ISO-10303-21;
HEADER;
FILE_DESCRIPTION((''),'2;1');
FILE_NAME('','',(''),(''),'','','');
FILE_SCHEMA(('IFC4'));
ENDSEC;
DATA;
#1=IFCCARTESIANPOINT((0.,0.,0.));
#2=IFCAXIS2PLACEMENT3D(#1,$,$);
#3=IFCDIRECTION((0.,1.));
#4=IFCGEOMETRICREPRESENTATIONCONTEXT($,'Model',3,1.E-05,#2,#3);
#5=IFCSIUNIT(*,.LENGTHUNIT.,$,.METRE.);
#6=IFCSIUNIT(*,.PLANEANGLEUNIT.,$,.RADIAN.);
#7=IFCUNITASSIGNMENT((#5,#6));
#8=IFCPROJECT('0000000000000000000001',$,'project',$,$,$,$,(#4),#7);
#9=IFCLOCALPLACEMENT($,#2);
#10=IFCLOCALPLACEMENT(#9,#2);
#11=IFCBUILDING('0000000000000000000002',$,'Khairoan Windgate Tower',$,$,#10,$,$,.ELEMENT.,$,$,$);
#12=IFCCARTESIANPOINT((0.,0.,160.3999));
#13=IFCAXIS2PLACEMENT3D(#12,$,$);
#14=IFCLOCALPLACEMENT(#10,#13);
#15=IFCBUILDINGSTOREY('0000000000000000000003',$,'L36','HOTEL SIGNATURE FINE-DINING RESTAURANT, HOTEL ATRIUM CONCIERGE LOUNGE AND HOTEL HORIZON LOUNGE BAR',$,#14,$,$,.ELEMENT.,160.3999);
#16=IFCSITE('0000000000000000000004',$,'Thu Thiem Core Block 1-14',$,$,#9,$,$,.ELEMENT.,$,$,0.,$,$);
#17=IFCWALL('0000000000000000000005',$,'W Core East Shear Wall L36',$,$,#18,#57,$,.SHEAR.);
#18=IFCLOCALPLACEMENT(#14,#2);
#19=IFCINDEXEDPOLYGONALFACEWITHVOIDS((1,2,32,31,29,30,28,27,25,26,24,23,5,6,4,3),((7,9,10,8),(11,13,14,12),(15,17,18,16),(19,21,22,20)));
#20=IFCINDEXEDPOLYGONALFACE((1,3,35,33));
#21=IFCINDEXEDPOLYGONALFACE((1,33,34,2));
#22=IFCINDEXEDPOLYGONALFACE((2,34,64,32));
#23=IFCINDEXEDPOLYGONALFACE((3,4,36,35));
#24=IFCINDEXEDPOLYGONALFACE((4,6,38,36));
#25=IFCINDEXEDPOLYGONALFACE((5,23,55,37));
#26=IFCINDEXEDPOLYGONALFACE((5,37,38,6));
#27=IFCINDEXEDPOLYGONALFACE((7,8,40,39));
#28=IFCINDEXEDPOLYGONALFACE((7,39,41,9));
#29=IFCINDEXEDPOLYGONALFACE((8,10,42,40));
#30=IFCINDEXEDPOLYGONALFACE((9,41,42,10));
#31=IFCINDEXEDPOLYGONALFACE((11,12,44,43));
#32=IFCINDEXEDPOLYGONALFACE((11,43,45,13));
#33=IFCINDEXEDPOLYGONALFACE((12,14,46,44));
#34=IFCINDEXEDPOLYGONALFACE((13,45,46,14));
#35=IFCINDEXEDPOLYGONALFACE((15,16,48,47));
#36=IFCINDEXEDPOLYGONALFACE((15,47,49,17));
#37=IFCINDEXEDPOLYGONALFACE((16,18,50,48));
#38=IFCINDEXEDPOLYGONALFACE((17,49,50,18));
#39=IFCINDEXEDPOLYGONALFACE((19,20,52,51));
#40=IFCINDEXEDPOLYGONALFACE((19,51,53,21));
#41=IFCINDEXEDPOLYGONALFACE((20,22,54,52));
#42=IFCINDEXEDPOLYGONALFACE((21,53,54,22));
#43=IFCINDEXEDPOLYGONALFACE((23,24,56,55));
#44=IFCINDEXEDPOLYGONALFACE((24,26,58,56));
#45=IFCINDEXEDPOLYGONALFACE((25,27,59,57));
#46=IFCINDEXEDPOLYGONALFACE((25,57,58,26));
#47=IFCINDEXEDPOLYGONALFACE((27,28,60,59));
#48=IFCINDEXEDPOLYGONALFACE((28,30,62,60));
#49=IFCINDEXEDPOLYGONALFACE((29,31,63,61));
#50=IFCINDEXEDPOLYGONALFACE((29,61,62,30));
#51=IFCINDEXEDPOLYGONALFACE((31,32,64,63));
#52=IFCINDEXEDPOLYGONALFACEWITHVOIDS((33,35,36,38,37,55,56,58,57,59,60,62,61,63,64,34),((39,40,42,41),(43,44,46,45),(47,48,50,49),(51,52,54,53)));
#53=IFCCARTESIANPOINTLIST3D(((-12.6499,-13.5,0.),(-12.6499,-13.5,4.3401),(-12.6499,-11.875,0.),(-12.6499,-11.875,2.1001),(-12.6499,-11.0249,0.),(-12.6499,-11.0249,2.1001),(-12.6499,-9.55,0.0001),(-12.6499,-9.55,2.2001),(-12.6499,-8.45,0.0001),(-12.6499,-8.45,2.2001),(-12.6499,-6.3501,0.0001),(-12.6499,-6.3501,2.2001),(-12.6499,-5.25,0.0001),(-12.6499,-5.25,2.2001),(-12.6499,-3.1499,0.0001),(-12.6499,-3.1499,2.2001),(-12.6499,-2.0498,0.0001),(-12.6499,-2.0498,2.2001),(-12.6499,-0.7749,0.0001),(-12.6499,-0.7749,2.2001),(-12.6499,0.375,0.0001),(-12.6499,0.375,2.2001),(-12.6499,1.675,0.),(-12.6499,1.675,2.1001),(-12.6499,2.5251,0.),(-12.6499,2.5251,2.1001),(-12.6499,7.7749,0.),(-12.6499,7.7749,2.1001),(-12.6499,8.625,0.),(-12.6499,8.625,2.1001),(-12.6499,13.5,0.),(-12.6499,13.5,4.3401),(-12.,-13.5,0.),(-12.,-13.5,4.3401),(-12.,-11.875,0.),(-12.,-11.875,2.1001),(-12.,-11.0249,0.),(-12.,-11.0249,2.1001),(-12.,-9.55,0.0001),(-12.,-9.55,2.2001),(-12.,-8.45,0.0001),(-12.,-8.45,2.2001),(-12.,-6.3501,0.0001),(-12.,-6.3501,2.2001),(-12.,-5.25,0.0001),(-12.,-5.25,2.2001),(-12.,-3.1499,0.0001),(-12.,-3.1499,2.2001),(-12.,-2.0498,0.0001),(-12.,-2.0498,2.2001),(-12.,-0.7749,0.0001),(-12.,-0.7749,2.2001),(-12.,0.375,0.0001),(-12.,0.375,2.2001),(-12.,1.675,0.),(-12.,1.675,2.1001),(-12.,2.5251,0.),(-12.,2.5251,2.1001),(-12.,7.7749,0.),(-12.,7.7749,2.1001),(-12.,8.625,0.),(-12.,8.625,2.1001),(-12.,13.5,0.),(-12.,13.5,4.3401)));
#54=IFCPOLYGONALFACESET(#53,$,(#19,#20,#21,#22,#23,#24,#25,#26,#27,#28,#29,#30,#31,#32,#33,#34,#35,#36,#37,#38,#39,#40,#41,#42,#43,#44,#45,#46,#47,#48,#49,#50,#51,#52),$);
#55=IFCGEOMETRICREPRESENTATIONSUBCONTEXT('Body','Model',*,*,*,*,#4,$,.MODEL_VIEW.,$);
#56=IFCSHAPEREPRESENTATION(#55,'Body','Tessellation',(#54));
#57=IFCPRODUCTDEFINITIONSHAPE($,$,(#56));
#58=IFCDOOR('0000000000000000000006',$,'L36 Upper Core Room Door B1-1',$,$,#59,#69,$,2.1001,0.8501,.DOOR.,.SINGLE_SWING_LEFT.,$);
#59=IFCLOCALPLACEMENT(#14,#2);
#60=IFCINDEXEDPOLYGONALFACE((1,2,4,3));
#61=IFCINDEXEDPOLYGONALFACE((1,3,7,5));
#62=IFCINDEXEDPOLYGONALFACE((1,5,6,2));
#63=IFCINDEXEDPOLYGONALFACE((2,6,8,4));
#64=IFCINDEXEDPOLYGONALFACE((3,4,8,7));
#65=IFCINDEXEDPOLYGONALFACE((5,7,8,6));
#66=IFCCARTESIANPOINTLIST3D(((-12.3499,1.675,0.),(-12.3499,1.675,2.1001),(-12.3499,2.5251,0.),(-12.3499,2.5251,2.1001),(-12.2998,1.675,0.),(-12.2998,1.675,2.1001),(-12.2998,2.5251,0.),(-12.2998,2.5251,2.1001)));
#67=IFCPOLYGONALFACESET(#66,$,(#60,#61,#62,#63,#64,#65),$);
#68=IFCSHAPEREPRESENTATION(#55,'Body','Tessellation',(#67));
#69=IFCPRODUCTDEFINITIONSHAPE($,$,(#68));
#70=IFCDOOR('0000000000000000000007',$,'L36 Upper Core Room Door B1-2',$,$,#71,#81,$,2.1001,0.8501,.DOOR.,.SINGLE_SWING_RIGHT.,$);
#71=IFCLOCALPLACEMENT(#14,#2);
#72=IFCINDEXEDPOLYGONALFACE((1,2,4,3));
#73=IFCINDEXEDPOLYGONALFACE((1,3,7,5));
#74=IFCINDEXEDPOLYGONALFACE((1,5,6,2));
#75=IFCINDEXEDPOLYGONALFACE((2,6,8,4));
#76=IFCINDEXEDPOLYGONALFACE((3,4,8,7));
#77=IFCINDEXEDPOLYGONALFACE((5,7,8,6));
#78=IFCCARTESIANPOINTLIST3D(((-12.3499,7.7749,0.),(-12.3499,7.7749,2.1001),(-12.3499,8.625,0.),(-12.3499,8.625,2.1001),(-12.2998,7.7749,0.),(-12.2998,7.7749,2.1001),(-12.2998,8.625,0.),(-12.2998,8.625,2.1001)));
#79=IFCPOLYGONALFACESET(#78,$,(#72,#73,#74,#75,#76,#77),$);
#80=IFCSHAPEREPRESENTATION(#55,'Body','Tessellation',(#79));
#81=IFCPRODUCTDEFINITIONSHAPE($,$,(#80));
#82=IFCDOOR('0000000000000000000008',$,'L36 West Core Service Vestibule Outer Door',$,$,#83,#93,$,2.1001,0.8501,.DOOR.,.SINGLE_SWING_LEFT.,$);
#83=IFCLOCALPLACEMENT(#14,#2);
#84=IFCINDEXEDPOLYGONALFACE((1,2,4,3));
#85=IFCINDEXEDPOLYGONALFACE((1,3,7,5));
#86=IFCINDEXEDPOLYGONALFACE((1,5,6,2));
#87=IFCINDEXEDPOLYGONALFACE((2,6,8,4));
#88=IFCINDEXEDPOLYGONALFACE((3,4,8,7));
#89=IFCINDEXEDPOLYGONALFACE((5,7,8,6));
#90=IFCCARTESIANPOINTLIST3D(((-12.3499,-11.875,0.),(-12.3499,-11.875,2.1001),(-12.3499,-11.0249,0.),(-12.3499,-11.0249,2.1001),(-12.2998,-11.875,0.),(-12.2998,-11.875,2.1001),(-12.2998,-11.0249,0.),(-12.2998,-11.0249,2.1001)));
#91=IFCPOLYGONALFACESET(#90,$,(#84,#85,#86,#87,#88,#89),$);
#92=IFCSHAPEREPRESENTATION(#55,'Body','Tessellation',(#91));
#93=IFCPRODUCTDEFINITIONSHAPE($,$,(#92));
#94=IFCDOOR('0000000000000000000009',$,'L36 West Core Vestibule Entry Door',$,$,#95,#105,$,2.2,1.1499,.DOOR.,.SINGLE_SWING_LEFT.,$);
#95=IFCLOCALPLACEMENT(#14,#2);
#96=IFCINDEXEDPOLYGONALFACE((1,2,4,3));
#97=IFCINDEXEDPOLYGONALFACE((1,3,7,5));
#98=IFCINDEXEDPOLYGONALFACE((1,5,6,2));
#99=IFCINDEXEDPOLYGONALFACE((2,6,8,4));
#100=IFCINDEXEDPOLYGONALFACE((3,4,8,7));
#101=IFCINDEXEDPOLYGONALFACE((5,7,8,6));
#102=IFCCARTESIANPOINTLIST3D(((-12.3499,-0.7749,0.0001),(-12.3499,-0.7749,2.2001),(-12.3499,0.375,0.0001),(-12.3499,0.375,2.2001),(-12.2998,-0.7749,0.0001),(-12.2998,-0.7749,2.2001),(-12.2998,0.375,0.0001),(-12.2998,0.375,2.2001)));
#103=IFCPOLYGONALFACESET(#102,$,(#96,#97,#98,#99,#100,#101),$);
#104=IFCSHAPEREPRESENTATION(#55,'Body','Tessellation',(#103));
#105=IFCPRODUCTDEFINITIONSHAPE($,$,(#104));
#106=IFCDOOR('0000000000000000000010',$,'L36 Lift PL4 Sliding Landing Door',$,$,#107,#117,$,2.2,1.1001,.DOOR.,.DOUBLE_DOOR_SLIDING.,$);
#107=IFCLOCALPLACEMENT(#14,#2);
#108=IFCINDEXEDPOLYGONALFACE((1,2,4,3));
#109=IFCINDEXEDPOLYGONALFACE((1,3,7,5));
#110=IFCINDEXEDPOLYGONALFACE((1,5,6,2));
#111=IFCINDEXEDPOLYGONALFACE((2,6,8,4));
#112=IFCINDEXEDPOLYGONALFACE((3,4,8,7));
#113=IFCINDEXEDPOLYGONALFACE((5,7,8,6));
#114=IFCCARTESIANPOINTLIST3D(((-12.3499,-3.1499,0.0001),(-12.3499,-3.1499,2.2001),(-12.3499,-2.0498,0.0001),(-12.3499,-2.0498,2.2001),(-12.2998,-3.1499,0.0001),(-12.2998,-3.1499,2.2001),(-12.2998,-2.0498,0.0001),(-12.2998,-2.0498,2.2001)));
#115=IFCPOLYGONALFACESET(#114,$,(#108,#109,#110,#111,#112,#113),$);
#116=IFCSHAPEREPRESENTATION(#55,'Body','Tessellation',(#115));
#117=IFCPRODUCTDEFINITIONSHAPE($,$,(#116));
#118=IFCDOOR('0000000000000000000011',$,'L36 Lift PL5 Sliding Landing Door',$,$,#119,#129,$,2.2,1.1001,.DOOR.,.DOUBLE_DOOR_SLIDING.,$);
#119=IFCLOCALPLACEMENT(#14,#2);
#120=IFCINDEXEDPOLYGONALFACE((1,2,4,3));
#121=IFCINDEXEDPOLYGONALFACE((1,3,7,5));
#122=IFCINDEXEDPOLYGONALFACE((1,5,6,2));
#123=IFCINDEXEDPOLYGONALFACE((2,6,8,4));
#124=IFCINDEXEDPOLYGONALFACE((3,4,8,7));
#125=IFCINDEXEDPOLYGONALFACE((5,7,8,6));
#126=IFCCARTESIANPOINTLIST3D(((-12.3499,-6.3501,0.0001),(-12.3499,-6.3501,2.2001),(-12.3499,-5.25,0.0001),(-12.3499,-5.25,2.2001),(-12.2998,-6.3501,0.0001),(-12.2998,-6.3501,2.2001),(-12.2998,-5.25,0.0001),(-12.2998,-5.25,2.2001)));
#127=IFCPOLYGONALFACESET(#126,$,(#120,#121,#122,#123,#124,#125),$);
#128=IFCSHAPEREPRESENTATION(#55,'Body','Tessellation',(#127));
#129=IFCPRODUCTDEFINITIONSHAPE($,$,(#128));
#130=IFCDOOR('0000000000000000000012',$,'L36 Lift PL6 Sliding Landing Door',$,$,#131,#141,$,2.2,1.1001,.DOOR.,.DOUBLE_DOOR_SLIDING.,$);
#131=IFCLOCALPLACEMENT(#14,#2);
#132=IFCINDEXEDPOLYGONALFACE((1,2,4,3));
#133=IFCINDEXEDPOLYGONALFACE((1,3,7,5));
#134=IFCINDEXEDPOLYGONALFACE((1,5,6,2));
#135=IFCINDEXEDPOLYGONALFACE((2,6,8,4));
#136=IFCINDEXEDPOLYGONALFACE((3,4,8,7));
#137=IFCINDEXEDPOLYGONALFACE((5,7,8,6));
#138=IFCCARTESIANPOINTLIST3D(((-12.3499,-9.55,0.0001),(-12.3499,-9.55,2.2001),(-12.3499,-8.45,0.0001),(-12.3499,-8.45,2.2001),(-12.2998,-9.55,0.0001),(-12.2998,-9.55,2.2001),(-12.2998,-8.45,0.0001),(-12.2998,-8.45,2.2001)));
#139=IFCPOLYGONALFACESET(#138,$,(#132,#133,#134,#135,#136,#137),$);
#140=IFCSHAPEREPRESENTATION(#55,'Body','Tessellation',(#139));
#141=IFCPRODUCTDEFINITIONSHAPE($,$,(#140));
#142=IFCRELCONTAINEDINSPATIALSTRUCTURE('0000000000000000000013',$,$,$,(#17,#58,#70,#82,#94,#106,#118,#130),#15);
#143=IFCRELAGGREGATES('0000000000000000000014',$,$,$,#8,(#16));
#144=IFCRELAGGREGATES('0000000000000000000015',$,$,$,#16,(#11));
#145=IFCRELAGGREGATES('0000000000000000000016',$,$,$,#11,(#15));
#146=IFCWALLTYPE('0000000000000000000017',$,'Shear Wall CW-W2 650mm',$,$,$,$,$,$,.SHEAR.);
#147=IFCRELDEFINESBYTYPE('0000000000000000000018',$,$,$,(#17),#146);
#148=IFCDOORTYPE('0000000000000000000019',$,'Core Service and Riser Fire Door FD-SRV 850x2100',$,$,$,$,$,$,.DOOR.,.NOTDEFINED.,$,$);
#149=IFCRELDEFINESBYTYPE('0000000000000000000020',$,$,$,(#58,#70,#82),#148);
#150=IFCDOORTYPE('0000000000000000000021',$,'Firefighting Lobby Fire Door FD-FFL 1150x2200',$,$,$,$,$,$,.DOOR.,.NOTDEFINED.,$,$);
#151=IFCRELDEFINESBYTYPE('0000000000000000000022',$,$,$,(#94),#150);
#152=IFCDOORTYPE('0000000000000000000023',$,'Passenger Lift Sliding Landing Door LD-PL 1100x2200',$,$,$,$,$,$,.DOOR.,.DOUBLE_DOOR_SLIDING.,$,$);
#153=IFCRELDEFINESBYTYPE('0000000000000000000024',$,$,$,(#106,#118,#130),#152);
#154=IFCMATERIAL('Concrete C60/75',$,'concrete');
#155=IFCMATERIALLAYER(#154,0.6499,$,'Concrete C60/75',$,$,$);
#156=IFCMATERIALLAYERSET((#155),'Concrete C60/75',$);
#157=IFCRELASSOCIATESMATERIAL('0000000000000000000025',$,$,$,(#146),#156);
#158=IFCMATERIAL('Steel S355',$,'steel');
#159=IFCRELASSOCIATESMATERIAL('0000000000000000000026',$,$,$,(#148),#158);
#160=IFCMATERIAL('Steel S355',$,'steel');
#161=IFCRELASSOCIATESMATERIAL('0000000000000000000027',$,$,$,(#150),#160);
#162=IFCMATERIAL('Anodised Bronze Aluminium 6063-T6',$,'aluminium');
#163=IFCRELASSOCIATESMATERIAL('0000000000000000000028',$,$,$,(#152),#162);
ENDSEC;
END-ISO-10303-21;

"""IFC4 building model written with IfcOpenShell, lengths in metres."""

from ifc_helpers import new_model, si_unit, direction, frame, frame_2d, origin, place, context, subcontext, project, spatial, rectangle, extrude, material, layer, layer_set, type_object, element, fill, save


model = new_model("IFC4")

# Units and contexts
model_context = context("Model", 3, precision=1e-05, world=origin(), true_north=direction((0.0, 1.0)))
body_context = subcontext(model_context, "Body", "Model", "MODEL_VIEW")
ifc_project = project(units=[si_unit("LENGTHUNIT", "METRE"), si_unit("PLANEANGLEUNIT", "RADIAN")], contexts=[model_context])

# Site, building, storey
site_placement = place(None, origin())
site = spatial("IfcSite", under=ifc_project, at=site_placement, Name="Thu Thiem Core Block 1-14", CompositionType="ELEMENT", RefElevation=0.0)
building_placement = place(site_placement, origin())
building = spatial("IfcBuilding", under=site, at=building_placement, Name="Khairoan Windgate Tower", CompositionType="ELEMENT")
storey_placement = place(building_placement, frame((0.0, 0.0, 160.3999)))
storey = spatial("IfcBuildingStorey", under=building, at=storey_placement, Name="L36", Description="HOTEL SIGNATURE FINE-DINING RESTAURANT, HOTEL ATRIUM CONCIERGE LOUNGE AND HOTEL HORIZON LOUNGE BAR", CompositionType="ELEMENT", Elevation=160.3999)

# Wall, openings, doors
ifc_material_1 = material(Name="Concrete C60/75", Category="concrete")
ifc_layer_1 = layer(ifc_material_1, 0.6499, Name="Concrete C60/75")
ifc_layer_set_1 = layer_set([ifc_layer_1], Name="Concrete C60/75")
wall_type_1 = type_object("IfcWallType", Name="Shear Wall CW-W2 650mm", PredefinedType="SHEAR", material=ifc_layer_set_1)
wall_1_placement = place(storey_placement, frame((-12.325, -13.5, 0.0), z_axis=(0.0, 0.0, 1.0), x_axis=(0.0, 1.0, 0.0)))
wall_1 = element("IfcWall", 1, at=wall_1_placement, inside=storey, type_object=wall_type_1, Name="W Core East Shear Wall L36", PredefinedType="SHEAR", context=body_context, shape_type="SweptSolid", body=[
    extrude(rectangle(XDim=27.0, YDim=0.6499, at=frame_2d((13.5, 0.0))), origin(), (0.0, 0.0, 1.0), 4.3401),
])
opening_1_placement = place(wall_1_placement, frame((10.3501, 0.0, 0.0)))
opening_1 = element("IfcOpeningElement", 2, at=opening_1_placement, cuts=wall_1, PredefinedType="OPENING", context=body_context, shape_type="SweptSolid", body=[
    extrude(rectangle(XDim=1.1001, YDim=2.2, at=frame_2d((0.55, 1.1001))), frame((0.0, 0.335, 0.0), z_axis=(0.0, -1.0, 0.0), x_axis=(1.0, 0.0, 0.0)), (0.0, 0.0, 1.0), 0.6699),
])
opening_2_placement = place(wall_1_placement, frame((7.1499, 0.0, 0.0)))
opening_2 = element("IfcOpeningElement", 3, at=opening_2_placement, cuts=wall_1, PredefinedType="OPENING", context=body_context, shape_type="SweptSolid", body=[
    extrude(rectangle(XDim=1.1001, YDim=2.2, at=frame_2d((0.55, 1.1001))), frame((0.0, 0.335, 0.0), z_axis=(0.0, -1.0, 0.0), x_axis=(1.0, 0.0, 0.0)), (0.0, 0.0, 1.0), 0.6699),
])
opening_3_placement = place(wall_1_placement, frame((3.95, 0.0, 0.0)))
opening_3 = element("IfcOpeningElement", 4, at=opening_3_placement, cuts=wall_1, PredefinedType="OPENING", context=body_context, shape_type="SweptSolid", body=[
    extrude(rectangle(XDim=1.1001, YDim=2.2, at=frame_2d((0.55, 1.1001))), frame((0.0, 0.335, 0.0), z_axis=(0.0, -1.0, 0.0), x_axis=(1.0, 0.0, 0.0)), (0.0, 0.0, 1.0), 0.6699),
])
opening_4_placement = place(wall_1_placement, frame((15.175, 0.0, 0.0)))
opening_4 = element("IfcOpeningElement", 5, at=opening_4_placement, cuts=wall_1, PredefinedType="OPENING", context=body_context, shape_type="SweptSolid", body=[
    extrude(rectangle(XDim=0.8501, YDim=2.1001, at=frame_2d((0.425, 1.05))), frame((0.0, 0.335, 0.0), z_axis=(0.0, -1.0, 0.0), x_axis=(1.0, 0.0, 0.0)), (0.0, 0.0, 1.0), 0.6699),
])
opening_5_placement = place(wall_1_placement, frame((21.2749, 0.0, 0.0)))
opening_5 = element("IfcOpeningElement", 6, at=opening_5_placement, cuts=wall_1, PredefinedType="OPENING", context=body_context, shape_type="SweptSolid", body=[
    extrude(rectangle(XDim=0.8501, YDim=2.1001, at=frame_2d((0.425, 1.05))), frame((0.0, 0.335, 0.0), z_axis=(0.0, -1.0, 0.0), x_axis=(1.0, 0.0, 0.0)), (0.0, 0.0, 1.0), 0.6699),
])
opening_6_placement = place(wall_1_placement, frame((12.7251, 0.0, 0.0)))
opening_6 = element("IfcOpeningElement", 7, at=opening_6_placement, cuts=wall_1, PredefinedType="OPENING", context=body_context, shape_type="SweptSolid", body=[
    extrude(rectangle(XDim=1.1499, YDim=2.2, at=frame_2d((0.575, 1.1001))), frame((0.0, 0.335, 0.0), z_axis=(0.0, -1.0, 0.0), x_axis=(1.0, 0.0, 0.0)), (0.0, 0.0, 1.0), 0.6699),
])
opening_7_placement = place(wall_1_placement, frame((1.625, 0.0, 0.0)))
opening_7 = element("IfcOpeningElement", 8, at=opening_7_placement, cuts=wall_1, PredefinedType="OPENING", context=body_context, shape_type="SweptSolid", body=[
    extrude(rectangle(XDim=0.8501, YDim=2.1001, at=frame_2d((0.425, 1.05))), frame((0.0, 0.335, 0.0), z_axis=(0.0, -1.0, 0.0), x_axis=(1.0, 0.0, 0.0)), (0.0, 0.0, 1.0), 0.6699),
])
ifc_material_2 = material(Name="Steel S355", Category="steel")
door_type_1 = type_object("IfcDoorType", Name="Core Service and Riser Fire Door FD-SRV 850x2100", OperationType="NOTDEFINED", PredefinedType="DOOR", material=ifc_material_2)
door_1_placement = place(opening_4_placement, origin())
door_1 = element("IfcDoor", 9, at=door_1_placement, inside=storey, type_object=door_type_1, Name="L36 Upper Core Room Door B1-1", OperationType="SINGLE_SWING_LEFT", OverallHeight=2.1001, OverallWidth=0.8501, PredefinedType="DOOR", context=body_context, shape_type="SweptSolid", body=[
    extrude(rectangle(XDim=0.8501, YDim=2.1001, at=frame_2d((0.425, 1.05))), frame((0.0, 0.0249, 0.0), z_axis=(0.0, -1.0, 0.0), x_axis=(1.0, 0.0, 0.0)), (0.0, 0.0, 1.0), 0.05),
])
fill(opening_4, door_1)
door_2_placement = place(opening_5_placement, origin())
door_2 = element("IfcDoor", 10, at=door_2_placement, inside=storey, type_object=door_type_1, Name="L36 Upper Core Room Door B1-2", OperationType="SINGLE_SWING_RIGHT", OverallHeight=2.1001, OverallWidth=0.8501, PredefinedType="DOOR", context=body_context, shape_type="SweptSolid", body=[
    extrude(rectangle(XDim=0.8501, YDim=2.1001, at=frame_2d((0.425, 1.05))), frame((0.0, 0.0249, 0.0), z_axis=(0.0, -1.0, 0.0), x_axis=(1.0, 0.0, 0.0)), (0.0, 0.0, 1.0), 0.05),
])
fill(opening_5, door_2)
door_3_placement = place(opening_7_placement, origin())
door_3 = element("IfcDoor", 11, at=door_3_placement, inside=storey, type_object=door_type_1, Name="L36 West Core Service Vestibule Outer Door", OperationType="SINGLE_SWING_LEFT", OverallHeight=2.1001, OverallWidth=0.8501, PredefinedType="DOOR", context=body_context, shape_type="SweptSolid", body=[
    extrude(rectangle(XDim=0.8501, YDim=2.1001, at=frame_2d((0.425, 1.05))), frame((0.0, 0.0249, 0.0), z_axis=(0.0, -1.0, 0.0), x_axis=(1.0, 0.0, 0.0)), (0.0, 0.0, 1.0), 0.05),
])
fill(opening_7, door_3)
ifc_material_3 = material(Name="Steel S355", Category="steel")
door_type_2 = type_object("IfcDoorType", Name="Firefighting Lobby Fire Door FD-FFL 1150x2200", OperationType="NOTDEFINED", PredefinedType="DOOR", material=ifc_material_3)
door_4_placement = place(opening_6_placement, origin())
door_4 = element("IfcDoor", 12, at=door_4_placement, inside=storey, type_object=door_type_2, Name="L36 West Core Vestibule Entry Door", OperationType="SINGLE_SWING_LEFT", OverallHeight=2.2, OverallWidth=1.1499, PredefinedType="DOOR", context=body_context, shape_type="SweptSolid", body=[
    extrude(rectangle(XDim=1.1499, YDim=2.2, at=frame_2d((0.575, 1.1001))), frame((0.0, 0.0249, 0.0), z_axis=(0.0, -1.0, 0.0), x_axis=(1.0, 0.0, 0.0)), (0.0, 0.0, 1.0), 0.05),
])
fill(opening_6, door_4)
ifc_material_4 = material(Name="Anodised Bronze Aluminium 6063-T6", Category="aluminium")
door_type_3 = type_object("IfcDoorType", Name="Passenger Lift Sliding Landing Door LD-PL 1100x2200", OperationType="DOUBLE_DOOR_SLIDING", PredefinedType="DOOR", material=ifc_material_4)
door_5_placement = place(opening_1_placement, origin())
door_5 = element("IfcDoor", 13, at=door_5_placement, inside=storey, type_object=door_type_3, Name="L36 Lift PL4 Sliding Landing Door", OperationType="DOUBLE_DOOR_SLIDING", OverallHeight=2.2, OverallWidth=1.1001, PredefinedType="DOOR", context=body_context, shape_type="SweptSolid", body=[
    extrude(rectangle(XDim=1.1001, YDim=2.2, at=frame_2d((0.55, 1.1001))), frame((0.0, 0.0249, 0.0), z_axis=(0.0, -1.0, 0.0), x_axis=(1.0, 0.0, 0.0)), (0.0, 0.0, 1.0), 0.05),
])
fill(opening_1, door_5)
door_6_placement = place(opening_2_placement, origin())
door_6 = element("IfcDoor", 14, at=door_6_placement, inside=storey, type_object=door_type_3, Name="L36 Lift PL5 Sliding Landing Door", OperationType="DOUBLE_DOOR_SLIDING", OverallHeight=2.2, OverallWidth=1.1001, PredefinedType="DOOR", context=body_context, shape_type="SweptSolid", body=[
    extrude(rectangle(XDim=1.1001, YDim=2.2, at=frame_2d((0.55, 1.1001))), frame((0.0, 0.0249, 0.0), z_axis=(0.0, -1.0, 0.0), x_axis=(1.0, 0.0, 0.0)), (0.0, 0.0, 1.0), 0.05),
])
fill(opening_2, door_6)
door_7_placement = place(opening_3_placement, origin())
door_7 = element("IfcDoor", 15, at=door_7_placement, inside=storey, type_object=door_type_3, Name="L36 Lift PL6 Sliding Landing Door", OperationType="DOUBLE_DOOR_SLIDING", OverallHeight=2.2, OverallWidth=1.1001, PredefinedType="DOOR", context=body_context, shape_type="SweptSolid", body=[
    extrude(rectangle(XDim=1.1001, YDim=2.2, at=frame_2d((0.55, 1.1001))), frame((0.0, 0.0249, 0.0), z_axis=(0.0, -1.0, 0.0), x_axis=(1.0, 0.0, 0.0)), (0.0, 0.0, 1.0), 0.05),
])
fill(opening_3, door_7)

save(model, "model.ifc")
